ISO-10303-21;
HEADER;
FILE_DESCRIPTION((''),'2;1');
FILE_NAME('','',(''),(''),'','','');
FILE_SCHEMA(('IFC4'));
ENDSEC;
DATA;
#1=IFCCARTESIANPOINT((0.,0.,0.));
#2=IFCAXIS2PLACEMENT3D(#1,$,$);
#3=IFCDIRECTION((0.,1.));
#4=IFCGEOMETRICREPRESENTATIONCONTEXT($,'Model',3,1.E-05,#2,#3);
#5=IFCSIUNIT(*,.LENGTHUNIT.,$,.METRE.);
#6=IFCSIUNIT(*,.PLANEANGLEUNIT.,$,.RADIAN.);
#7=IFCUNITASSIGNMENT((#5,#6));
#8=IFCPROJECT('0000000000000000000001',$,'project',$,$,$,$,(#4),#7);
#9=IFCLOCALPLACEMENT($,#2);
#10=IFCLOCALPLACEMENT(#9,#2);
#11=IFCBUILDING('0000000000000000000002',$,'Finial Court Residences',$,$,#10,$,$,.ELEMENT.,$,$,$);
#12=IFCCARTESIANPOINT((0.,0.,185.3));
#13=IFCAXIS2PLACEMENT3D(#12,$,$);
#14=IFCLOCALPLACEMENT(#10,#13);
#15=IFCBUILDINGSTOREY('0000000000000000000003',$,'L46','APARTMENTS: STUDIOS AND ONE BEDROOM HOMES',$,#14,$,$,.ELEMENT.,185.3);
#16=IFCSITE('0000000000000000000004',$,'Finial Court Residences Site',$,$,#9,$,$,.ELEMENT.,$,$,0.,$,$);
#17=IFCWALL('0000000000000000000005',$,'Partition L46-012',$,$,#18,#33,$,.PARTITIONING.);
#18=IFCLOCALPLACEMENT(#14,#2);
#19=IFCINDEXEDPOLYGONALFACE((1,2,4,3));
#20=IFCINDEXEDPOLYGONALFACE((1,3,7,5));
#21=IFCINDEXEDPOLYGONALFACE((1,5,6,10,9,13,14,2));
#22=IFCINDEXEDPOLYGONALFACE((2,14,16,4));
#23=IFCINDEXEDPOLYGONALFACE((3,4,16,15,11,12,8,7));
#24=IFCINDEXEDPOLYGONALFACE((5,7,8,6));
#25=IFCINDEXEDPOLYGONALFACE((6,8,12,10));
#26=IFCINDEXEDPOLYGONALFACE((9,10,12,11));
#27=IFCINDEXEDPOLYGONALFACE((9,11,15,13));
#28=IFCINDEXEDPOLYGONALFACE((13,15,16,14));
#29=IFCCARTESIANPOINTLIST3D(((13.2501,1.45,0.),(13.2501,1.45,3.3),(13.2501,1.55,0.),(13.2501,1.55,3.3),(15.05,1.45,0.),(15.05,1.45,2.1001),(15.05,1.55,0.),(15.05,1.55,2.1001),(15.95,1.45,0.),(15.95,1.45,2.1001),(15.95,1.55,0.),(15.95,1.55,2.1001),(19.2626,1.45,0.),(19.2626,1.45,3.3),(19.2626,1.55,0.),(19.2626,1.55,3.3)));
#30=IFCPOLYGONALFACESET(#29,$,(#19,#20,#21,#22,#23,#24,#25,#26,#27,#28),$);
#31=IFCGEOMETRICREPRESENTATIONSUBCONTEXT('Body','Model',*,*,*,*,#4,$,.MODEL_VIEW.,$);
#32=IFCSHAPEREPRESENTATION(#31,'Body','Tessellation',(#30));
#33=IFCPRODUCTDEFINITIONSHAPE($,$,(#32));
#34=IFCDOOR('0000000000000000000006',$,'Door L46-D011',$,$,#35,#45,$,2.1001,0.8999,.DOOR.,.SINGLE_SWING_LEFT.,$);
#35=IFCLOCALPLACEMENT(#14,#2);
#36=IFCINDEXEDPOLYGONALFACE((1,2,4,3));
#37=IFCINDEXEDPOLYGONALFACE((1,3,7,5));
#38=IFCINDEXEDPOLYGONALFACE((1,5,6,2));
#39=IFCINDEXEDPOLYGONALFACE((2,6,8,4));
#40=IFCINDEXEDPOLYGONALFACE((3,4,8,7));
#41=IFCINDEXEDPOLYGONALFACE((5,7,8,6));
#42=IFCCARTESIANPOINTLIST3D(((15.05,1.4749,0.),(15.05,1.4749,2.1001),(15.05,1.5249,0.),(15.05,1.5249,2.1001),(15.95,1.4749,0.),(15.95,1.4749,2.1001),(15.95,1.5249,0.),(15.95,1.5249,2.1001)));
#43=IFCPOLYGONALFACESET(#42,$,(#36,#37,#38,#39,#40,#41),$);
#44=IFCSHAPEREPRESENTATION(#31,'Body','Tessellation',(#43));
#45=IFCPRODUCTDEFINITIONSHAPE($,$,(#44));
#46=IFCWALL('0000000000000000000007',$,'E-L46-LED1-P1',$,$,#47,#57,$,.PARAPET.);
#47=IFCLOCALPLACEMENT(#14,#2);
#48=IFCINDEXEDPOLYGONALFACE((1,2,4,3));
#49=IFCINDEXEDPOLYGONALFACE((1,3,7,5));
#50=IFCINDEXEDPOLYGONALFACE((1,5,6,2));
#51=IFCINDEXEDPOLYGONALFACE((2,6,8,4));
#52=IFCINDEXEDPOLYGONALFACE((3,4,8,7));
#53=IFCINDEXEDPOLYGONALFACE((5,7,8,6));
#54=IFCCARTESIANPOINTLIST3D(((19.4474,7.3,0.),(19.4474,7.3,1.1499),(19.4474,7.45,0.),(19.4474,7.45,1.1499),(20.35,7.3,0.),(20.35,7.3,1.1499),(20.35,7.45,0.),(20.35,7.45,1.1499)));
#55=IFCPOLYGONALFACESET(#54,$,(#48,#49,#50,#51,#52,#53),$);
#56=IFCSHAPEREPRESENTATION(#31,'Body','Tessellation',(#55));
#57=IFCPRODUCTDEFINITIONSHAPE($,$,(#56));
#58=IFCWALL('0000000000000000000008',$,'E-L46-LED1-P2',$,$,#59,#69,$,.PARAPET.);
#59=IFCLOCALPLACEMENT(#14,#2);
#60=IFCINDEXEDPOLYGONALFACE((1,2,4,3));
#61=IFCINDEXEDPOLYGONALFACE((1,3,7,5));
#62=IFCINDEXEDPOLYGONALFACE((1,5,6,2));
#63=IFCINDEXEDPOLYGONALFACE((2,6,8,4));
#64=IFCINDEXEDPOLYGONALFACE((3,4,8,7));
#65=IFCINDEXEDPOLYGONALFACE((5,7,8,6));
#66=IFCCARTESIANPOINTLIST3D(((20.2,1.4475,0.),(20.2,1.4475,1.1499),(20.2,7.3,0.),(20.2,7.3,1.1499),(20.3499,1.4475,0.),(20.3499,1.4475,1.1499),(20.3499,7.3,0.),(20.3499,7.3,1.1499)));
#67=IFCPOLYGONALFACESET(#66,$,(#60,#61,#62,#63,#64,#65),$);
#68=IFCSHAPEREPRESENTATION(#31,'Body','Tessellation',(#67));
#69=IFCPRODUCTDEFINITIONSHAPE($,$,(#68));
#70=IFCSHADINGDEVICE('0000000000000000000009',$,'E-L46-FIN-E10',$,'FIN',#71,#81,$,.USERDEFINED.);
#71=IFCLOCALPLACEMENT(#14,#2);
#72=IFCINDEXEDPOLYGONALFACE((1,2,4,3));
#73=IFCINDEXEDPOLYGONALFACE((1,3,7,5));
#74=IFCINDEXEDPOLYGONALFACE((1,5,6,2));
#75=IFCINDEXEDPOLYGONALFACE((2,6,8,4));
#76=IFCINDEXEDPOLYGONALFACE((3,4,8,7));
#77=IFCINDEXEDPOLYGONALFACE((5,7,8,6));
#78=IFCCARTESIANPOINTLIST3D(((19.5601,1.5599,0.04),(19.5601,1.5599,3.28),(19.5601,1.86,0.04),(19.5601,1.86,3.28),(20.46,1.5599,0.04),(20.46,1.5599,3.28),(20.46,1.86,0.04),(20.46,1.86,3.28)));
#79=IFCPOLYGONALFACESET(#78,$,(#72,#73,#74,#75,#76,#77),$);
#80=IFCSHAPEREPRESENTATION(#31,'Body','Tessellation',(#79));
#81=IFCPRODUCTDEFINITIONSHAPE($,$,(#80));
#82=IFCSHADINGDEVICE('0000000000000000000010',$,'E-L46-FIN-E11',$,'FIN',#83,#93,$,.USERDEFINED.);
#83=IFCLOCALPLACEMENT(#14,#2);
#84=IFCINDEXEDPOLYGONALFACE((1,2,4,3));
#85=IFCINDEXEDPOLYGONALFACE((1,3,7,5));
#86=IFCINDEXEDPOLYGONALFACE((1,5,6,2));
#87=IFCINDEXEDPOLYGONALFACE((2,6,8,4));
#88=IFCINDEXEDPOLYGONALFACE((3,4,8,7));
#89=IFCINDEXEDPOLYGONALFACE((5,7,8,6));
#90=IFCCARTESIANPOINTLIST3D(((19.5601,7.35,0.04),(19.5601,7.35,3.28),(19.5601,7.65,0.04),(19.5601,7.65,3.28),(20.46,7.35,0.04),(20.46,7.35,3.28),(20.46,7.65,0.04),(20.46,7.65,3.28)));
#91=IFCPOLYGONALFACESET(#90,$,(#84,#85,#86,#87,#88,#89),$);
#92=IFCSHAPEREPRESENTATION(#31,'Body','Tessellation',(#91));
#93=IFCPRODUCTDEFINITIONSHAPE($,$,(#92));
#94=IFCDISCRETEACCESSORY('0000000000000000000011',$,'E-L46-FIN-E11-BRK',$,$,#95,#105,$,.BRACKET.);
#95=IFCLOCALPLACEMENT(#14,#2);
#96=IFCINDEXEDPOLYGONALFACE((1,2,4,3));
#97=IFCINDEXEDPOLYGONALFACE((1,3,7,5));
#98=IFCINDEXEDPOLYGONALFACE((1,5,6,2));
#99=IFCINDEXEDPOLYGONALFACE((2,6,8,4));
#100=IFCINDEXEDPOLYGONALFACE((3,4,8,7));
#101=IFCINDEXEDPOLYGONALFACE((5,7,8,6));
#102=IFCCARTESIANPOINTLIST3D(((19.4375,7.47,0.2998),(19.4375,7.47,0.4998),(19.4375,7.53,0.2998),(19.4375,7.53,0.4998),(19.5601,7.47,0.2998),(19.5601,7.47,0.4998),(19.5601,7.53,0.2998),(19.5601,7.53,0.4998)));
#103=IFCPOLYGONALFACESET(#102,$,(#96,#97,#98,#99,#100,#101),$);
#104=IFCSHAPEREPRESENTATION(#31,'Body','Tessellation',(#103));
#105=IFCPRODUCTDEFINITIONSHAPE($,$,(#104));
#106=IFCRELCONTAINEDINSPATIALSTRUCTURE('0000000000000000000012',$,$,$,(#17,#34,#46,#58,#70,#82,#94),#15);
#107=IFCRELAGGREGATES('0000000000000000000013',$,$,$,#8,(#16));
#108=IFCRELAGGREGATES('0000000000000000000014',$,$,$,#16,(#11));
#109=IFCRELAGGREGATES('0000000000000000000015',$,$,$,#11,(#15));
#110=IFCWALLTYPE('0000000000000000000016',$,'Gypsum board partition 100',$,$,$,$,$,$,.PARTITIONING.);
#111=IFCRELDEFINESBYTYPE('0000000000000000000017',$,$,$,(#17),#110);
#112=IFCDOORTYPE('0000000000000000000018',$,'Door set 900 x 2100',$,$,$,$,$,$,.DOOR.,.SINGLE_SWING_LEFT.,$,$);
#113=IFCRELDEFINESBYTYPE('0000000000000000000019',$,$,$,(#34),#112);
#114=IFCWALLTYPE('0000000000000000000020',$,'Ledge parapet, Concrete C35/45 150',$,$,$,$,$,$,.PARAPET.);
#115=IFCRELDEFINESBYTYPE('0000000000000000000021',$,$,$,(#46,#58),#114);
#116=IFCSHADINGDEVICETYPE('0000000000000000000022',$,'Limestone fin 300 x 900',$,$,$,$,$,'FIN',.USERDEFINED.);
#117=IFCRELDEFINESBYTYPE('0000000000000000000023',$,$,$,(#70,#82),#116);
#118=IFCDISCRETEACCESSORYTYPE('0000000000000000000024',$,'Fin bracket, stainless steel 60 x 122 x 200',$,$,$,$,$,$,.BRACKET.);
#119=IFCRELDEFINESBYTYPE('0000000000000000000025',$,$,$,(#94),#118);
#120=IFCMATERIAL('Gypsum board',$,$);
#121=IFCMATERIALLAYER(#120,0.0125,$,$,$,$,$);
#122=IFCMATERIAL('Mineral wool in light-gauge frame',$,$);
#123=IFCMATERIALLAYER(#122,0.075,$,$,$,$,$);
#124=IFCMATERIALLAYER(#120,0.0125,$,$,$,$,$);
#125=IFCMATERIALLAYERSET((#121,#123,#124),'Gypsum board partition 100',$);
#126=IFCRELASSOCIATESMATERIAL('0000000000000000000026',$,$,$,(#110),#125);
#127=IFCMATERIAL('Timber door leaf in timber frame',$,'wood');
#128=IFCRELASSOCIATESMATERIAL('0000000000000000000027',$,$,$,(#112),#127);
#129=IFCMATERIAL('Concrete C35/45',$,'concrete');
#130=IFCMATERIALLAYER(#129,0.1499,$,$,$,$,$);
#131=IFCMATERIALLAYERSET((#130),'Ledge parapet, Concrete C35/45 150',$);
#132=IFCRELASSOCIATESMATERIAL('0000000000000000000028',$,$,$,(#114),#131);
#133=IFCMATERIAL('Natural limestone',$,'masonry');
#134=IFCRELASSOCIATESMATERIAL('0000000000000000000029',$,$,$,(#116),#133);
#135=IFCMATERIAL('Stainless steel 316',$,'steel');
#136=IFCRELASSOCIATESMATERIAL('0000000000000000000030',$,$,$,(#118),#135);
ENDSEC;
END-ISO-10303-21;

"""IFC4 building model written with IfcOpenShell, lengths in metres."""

from ifc_helpers import new_model, si_unit, direction, frame, frame_2d, origin, origin_2d, place, context, subcontext, project, spatial, rectangle, extrude, material, layer, layer_set, type_object, element, fill, save


model = new_model("IFC4")

# Units and contexts
model_context = context("Model", 3, precision=1e-05, world=origin(), true_north=direction((0.0, 1.0)))
body_context = subcontext(model_context, "Body", "Model", "MODEL_VIEW")
ifc_project = project(units=[si_unit("LENGTHUNIT", "METRE"), si_unit("PLANEANGLEUNIT", "RADIAN")], contexts=[model_context])

# Site, building, storey
site_placement = place(None, origin())
site = spatial("IfcSite", under=ifc_project, at=site_placement, Name="Finial Court Residences Site", CompositionType="ELEMENT", RefElevation=0.0)
building_placement = place(site_placement, origin())
building = spatial("IfcBuilding", under=site, at=building_placement, Name="Finial Court Residences", CompositionType="ELEMENT")
storey_placement = place(building_placement, frame((0.0, 0.0, 185.3)))
storey = spatial("IfcBuildingStorey", under=building, at=storey_placement, Name="L46", Description="APARTMENTS: STUDIOS AND ONE BEDROOM HOMES", CompositionType="ELEMENT", Elevation=185.3)

# Wall, opening, door
ifc_material_1 = material(Name="Gypsum board")
ifc_layer_1 = layer(ifc_material_1, 0.0125)
ifc_material_2 = material(Name="Mineral wool in light-gauge frame")
ifc_layer_2 = layer(ifc_material_2, 0.075)
ifc_layer_3 = layer(ifc_material_1, 0.0125)
ifc_layer_set_1 = layer_set([ifc_layer_1, ifc_layer_2, ifc_layer_3], Name="Gypsum board partition 100")
wall_type_1 = type_object("IfcWallType", Name="Gypsum board partition 100", PredefinedType="PARTITIONING", material=ifc_layer_set_1)
wall_1_placement = place(storey_placement, frame((13.25, 1.5, 0.0), z_axis=(0.0, 0.0, 1.0), x_axis=(1.0, 0.0, 0.0)))
wall_1 = element("IfcWall", 1, at=wall_1_placement, inside=storey, type_object=wall_type_1, Name="Partition L46-012", PredefinedType="PARTITIONING", context=body_context, shape_type="SweptSolid", body=[
    extrude(rectangle(XDim=6.0125, YDim=0.1001, at=frame_2d((3.0063, 0.0))), origin(), (0.0, 0.0, 1.0), 3.3),
])
opening_placement = place(wall_1_placement, frame((1.8, 0.0, 0.0)))
opening = element("IfcOpeningElement", 2, at=opening_placement, cuts=wall_1, PredefinedType="OPENING", context=body_context, shape_type="SweptSolid", body=[
    extrude(rectangle(XDim=0.8999, YDim=2.1001, at=frame_2d((0.45, 1.05))), frame((0.0, 0.0601, 0.0), z_axis=(0.0, -1.0, 0.0), x_axis=(1.0, 0.0, 0.0)), (0.0, 0.0, 1.0), 0.1201),
])
ifc_material_3 = material(Name="Timber door leaf in timber frame", Category="wood")
door_type = type_object("IfcDoorType", Name="Door set 900 x 2100", OperationType="SINGLE_SWING_LEFT", PredefinedType="DOOR", material=ifc_material_3)
door_placement = place(opening_placement, origin())
door = element("IfcDoor", 3, at=door_placement, inside=storey, type_object=door_type, Name="Door L46-D011", OperationType="SINGLE_SWING_LEFT", OverallHeight=2.1001, OverallWidth=0.8999, PredefinedType="DOOR", context=body_context, shape_type="SweptSolid", body=[
    extrude(rectangle(XDim=0.8999, YDim=2.1001, at=frame_2d((0.45, 1.05))), frame((0.0, 0.0249, 0.0), z_axis=(0.0, -1.0, 0.0), x_axis=(1.0, 0.0, 0.0)), (0.0, 0.0, 1.0), 0.05),
])
fill(opening, door)

# Walls
ifc_material_4 = material(Name="Concrete C35/45", Category="concrete")
ifc_layer_4 = layer(ifc_material_4, 0.1499)
ifc_layer_set_2 = layer_set([ifc_layer_4], Name="Ledge parapet, Concrete C35/45 150")
wall_type_2 = type_object("IfcWallType", Name="Ledge parapet, Concrete C35/45 150", PredefinedType="PARAPET", material=ifc_layer_set_2)
wall_2_placement = place(storey_placement, frame((19.4475, 7.375, 0.0), z_axis=(0.0, 0.0, 1.0), x_axis=(1.0, 0.0, 0.0)))
element("IfcWall", 4, at=wall_2_placement, inside=storey, type_object=wall_type_2, Name="E-L46-LED1-P1", PredefinedType="PARAPET", context=body_context, shape_type="SweptSolid", body=[
    extrude(rectangle(XDim=0.9026, YDim=0.1499, at=frame_2d((0.4512, 0.0))), origin(), (0.0, 0.0, 1.0), 1.1499),
])
wall_3_placement = place(storey_placement, frame((20.2749, 7.3, 0.0), z_axis=(0.0, 0.0, 1.0), x_axis=(0.0, -1.0, 0.0)))
element("IfcWall", 5, at=wall_3_placement, inside=storey, type_object=wall_type_2, Name="E-L46-LED1-P2", PredefinedType="PARAPET", context=body_context, shape_type="SweptSolid", body=[
    extrude(rectangle(XDim=5.8525, YDim=0.1499, at=frame_2d((2.9263, 0.0))), origin(), (0.0, 0.0, 1.0), 1.1499),
])

# Shading devices
ifc_material_5 = material(Name="Natural limestone", Category="masonry")
shading_device_type = type_object("IfcShadingDeviceType", Name="Limestone fin 300 x 900", ElementType="FIN", PredefinedType="USERDEFINED", material=ifc_material_5)
for number, where, z_axis, x_axis, name in (
    (6, (20.01, 1.71, 0.04), (0.0, 0.0, 1.0), (1.0, 0.0, 0.0), "E-L46-FIN-E10"),
    (7, (20.01, 7.5, 0.04), (0.0, 0.0, 1.0), (1.0, 0.0, 0.0), "E-L46-FIN-E11"),
):
    element("IfcShadingDevice", number, at=place(storey_placement, frame(where, z_axis=z_axis, x_axis=x_axis)), inside=storey, type_object=shading_device_type, Name=name, ObjectType="FIN", PredefinedType="USERDEFINED", context=body_context, shape_type="SweptSolid", body=[
        extrude(rectangle(XDim=0.8999, YDim=0.3, at=origin_2d()), origin(), (0.0, 0.0, 1.0), 3.24),
    ])

# Discrete accessory
ifc_material_6 = material(Name="Stainless steel 316", Category="steel")
discrete_accessory_type = type_object("IfcDiscreteAccessoryType", Name="Fin bracket, stainless steel 60 x 122 x 200", PredefinedType="BRACKET", material=ifc_material_6)
discrete_accessory_placement = place(storey_placement, frame((19.4988, 7.5, 0.2998), z_axis=(0.0, 0.0, 1.0), x_axis=(1.0, 0.0, 0.0)))
element("IfcDiscreteAccessory", 8, at=discrete_accessory_placement, inside=storey, type_object=discrete_accessory_type, Name="E-L46-FIN-E11-BRK", PredefinedType="BRACKET", context=body_context, shape_type="SweptSolid", body=[
    extrude(rectangle(XDim=0.1226, YDim=0.0601, at=origin_2d()), origin(), (0.0, 0.0, 1.0), 0.2),
])

save(model, "model.ifc")
